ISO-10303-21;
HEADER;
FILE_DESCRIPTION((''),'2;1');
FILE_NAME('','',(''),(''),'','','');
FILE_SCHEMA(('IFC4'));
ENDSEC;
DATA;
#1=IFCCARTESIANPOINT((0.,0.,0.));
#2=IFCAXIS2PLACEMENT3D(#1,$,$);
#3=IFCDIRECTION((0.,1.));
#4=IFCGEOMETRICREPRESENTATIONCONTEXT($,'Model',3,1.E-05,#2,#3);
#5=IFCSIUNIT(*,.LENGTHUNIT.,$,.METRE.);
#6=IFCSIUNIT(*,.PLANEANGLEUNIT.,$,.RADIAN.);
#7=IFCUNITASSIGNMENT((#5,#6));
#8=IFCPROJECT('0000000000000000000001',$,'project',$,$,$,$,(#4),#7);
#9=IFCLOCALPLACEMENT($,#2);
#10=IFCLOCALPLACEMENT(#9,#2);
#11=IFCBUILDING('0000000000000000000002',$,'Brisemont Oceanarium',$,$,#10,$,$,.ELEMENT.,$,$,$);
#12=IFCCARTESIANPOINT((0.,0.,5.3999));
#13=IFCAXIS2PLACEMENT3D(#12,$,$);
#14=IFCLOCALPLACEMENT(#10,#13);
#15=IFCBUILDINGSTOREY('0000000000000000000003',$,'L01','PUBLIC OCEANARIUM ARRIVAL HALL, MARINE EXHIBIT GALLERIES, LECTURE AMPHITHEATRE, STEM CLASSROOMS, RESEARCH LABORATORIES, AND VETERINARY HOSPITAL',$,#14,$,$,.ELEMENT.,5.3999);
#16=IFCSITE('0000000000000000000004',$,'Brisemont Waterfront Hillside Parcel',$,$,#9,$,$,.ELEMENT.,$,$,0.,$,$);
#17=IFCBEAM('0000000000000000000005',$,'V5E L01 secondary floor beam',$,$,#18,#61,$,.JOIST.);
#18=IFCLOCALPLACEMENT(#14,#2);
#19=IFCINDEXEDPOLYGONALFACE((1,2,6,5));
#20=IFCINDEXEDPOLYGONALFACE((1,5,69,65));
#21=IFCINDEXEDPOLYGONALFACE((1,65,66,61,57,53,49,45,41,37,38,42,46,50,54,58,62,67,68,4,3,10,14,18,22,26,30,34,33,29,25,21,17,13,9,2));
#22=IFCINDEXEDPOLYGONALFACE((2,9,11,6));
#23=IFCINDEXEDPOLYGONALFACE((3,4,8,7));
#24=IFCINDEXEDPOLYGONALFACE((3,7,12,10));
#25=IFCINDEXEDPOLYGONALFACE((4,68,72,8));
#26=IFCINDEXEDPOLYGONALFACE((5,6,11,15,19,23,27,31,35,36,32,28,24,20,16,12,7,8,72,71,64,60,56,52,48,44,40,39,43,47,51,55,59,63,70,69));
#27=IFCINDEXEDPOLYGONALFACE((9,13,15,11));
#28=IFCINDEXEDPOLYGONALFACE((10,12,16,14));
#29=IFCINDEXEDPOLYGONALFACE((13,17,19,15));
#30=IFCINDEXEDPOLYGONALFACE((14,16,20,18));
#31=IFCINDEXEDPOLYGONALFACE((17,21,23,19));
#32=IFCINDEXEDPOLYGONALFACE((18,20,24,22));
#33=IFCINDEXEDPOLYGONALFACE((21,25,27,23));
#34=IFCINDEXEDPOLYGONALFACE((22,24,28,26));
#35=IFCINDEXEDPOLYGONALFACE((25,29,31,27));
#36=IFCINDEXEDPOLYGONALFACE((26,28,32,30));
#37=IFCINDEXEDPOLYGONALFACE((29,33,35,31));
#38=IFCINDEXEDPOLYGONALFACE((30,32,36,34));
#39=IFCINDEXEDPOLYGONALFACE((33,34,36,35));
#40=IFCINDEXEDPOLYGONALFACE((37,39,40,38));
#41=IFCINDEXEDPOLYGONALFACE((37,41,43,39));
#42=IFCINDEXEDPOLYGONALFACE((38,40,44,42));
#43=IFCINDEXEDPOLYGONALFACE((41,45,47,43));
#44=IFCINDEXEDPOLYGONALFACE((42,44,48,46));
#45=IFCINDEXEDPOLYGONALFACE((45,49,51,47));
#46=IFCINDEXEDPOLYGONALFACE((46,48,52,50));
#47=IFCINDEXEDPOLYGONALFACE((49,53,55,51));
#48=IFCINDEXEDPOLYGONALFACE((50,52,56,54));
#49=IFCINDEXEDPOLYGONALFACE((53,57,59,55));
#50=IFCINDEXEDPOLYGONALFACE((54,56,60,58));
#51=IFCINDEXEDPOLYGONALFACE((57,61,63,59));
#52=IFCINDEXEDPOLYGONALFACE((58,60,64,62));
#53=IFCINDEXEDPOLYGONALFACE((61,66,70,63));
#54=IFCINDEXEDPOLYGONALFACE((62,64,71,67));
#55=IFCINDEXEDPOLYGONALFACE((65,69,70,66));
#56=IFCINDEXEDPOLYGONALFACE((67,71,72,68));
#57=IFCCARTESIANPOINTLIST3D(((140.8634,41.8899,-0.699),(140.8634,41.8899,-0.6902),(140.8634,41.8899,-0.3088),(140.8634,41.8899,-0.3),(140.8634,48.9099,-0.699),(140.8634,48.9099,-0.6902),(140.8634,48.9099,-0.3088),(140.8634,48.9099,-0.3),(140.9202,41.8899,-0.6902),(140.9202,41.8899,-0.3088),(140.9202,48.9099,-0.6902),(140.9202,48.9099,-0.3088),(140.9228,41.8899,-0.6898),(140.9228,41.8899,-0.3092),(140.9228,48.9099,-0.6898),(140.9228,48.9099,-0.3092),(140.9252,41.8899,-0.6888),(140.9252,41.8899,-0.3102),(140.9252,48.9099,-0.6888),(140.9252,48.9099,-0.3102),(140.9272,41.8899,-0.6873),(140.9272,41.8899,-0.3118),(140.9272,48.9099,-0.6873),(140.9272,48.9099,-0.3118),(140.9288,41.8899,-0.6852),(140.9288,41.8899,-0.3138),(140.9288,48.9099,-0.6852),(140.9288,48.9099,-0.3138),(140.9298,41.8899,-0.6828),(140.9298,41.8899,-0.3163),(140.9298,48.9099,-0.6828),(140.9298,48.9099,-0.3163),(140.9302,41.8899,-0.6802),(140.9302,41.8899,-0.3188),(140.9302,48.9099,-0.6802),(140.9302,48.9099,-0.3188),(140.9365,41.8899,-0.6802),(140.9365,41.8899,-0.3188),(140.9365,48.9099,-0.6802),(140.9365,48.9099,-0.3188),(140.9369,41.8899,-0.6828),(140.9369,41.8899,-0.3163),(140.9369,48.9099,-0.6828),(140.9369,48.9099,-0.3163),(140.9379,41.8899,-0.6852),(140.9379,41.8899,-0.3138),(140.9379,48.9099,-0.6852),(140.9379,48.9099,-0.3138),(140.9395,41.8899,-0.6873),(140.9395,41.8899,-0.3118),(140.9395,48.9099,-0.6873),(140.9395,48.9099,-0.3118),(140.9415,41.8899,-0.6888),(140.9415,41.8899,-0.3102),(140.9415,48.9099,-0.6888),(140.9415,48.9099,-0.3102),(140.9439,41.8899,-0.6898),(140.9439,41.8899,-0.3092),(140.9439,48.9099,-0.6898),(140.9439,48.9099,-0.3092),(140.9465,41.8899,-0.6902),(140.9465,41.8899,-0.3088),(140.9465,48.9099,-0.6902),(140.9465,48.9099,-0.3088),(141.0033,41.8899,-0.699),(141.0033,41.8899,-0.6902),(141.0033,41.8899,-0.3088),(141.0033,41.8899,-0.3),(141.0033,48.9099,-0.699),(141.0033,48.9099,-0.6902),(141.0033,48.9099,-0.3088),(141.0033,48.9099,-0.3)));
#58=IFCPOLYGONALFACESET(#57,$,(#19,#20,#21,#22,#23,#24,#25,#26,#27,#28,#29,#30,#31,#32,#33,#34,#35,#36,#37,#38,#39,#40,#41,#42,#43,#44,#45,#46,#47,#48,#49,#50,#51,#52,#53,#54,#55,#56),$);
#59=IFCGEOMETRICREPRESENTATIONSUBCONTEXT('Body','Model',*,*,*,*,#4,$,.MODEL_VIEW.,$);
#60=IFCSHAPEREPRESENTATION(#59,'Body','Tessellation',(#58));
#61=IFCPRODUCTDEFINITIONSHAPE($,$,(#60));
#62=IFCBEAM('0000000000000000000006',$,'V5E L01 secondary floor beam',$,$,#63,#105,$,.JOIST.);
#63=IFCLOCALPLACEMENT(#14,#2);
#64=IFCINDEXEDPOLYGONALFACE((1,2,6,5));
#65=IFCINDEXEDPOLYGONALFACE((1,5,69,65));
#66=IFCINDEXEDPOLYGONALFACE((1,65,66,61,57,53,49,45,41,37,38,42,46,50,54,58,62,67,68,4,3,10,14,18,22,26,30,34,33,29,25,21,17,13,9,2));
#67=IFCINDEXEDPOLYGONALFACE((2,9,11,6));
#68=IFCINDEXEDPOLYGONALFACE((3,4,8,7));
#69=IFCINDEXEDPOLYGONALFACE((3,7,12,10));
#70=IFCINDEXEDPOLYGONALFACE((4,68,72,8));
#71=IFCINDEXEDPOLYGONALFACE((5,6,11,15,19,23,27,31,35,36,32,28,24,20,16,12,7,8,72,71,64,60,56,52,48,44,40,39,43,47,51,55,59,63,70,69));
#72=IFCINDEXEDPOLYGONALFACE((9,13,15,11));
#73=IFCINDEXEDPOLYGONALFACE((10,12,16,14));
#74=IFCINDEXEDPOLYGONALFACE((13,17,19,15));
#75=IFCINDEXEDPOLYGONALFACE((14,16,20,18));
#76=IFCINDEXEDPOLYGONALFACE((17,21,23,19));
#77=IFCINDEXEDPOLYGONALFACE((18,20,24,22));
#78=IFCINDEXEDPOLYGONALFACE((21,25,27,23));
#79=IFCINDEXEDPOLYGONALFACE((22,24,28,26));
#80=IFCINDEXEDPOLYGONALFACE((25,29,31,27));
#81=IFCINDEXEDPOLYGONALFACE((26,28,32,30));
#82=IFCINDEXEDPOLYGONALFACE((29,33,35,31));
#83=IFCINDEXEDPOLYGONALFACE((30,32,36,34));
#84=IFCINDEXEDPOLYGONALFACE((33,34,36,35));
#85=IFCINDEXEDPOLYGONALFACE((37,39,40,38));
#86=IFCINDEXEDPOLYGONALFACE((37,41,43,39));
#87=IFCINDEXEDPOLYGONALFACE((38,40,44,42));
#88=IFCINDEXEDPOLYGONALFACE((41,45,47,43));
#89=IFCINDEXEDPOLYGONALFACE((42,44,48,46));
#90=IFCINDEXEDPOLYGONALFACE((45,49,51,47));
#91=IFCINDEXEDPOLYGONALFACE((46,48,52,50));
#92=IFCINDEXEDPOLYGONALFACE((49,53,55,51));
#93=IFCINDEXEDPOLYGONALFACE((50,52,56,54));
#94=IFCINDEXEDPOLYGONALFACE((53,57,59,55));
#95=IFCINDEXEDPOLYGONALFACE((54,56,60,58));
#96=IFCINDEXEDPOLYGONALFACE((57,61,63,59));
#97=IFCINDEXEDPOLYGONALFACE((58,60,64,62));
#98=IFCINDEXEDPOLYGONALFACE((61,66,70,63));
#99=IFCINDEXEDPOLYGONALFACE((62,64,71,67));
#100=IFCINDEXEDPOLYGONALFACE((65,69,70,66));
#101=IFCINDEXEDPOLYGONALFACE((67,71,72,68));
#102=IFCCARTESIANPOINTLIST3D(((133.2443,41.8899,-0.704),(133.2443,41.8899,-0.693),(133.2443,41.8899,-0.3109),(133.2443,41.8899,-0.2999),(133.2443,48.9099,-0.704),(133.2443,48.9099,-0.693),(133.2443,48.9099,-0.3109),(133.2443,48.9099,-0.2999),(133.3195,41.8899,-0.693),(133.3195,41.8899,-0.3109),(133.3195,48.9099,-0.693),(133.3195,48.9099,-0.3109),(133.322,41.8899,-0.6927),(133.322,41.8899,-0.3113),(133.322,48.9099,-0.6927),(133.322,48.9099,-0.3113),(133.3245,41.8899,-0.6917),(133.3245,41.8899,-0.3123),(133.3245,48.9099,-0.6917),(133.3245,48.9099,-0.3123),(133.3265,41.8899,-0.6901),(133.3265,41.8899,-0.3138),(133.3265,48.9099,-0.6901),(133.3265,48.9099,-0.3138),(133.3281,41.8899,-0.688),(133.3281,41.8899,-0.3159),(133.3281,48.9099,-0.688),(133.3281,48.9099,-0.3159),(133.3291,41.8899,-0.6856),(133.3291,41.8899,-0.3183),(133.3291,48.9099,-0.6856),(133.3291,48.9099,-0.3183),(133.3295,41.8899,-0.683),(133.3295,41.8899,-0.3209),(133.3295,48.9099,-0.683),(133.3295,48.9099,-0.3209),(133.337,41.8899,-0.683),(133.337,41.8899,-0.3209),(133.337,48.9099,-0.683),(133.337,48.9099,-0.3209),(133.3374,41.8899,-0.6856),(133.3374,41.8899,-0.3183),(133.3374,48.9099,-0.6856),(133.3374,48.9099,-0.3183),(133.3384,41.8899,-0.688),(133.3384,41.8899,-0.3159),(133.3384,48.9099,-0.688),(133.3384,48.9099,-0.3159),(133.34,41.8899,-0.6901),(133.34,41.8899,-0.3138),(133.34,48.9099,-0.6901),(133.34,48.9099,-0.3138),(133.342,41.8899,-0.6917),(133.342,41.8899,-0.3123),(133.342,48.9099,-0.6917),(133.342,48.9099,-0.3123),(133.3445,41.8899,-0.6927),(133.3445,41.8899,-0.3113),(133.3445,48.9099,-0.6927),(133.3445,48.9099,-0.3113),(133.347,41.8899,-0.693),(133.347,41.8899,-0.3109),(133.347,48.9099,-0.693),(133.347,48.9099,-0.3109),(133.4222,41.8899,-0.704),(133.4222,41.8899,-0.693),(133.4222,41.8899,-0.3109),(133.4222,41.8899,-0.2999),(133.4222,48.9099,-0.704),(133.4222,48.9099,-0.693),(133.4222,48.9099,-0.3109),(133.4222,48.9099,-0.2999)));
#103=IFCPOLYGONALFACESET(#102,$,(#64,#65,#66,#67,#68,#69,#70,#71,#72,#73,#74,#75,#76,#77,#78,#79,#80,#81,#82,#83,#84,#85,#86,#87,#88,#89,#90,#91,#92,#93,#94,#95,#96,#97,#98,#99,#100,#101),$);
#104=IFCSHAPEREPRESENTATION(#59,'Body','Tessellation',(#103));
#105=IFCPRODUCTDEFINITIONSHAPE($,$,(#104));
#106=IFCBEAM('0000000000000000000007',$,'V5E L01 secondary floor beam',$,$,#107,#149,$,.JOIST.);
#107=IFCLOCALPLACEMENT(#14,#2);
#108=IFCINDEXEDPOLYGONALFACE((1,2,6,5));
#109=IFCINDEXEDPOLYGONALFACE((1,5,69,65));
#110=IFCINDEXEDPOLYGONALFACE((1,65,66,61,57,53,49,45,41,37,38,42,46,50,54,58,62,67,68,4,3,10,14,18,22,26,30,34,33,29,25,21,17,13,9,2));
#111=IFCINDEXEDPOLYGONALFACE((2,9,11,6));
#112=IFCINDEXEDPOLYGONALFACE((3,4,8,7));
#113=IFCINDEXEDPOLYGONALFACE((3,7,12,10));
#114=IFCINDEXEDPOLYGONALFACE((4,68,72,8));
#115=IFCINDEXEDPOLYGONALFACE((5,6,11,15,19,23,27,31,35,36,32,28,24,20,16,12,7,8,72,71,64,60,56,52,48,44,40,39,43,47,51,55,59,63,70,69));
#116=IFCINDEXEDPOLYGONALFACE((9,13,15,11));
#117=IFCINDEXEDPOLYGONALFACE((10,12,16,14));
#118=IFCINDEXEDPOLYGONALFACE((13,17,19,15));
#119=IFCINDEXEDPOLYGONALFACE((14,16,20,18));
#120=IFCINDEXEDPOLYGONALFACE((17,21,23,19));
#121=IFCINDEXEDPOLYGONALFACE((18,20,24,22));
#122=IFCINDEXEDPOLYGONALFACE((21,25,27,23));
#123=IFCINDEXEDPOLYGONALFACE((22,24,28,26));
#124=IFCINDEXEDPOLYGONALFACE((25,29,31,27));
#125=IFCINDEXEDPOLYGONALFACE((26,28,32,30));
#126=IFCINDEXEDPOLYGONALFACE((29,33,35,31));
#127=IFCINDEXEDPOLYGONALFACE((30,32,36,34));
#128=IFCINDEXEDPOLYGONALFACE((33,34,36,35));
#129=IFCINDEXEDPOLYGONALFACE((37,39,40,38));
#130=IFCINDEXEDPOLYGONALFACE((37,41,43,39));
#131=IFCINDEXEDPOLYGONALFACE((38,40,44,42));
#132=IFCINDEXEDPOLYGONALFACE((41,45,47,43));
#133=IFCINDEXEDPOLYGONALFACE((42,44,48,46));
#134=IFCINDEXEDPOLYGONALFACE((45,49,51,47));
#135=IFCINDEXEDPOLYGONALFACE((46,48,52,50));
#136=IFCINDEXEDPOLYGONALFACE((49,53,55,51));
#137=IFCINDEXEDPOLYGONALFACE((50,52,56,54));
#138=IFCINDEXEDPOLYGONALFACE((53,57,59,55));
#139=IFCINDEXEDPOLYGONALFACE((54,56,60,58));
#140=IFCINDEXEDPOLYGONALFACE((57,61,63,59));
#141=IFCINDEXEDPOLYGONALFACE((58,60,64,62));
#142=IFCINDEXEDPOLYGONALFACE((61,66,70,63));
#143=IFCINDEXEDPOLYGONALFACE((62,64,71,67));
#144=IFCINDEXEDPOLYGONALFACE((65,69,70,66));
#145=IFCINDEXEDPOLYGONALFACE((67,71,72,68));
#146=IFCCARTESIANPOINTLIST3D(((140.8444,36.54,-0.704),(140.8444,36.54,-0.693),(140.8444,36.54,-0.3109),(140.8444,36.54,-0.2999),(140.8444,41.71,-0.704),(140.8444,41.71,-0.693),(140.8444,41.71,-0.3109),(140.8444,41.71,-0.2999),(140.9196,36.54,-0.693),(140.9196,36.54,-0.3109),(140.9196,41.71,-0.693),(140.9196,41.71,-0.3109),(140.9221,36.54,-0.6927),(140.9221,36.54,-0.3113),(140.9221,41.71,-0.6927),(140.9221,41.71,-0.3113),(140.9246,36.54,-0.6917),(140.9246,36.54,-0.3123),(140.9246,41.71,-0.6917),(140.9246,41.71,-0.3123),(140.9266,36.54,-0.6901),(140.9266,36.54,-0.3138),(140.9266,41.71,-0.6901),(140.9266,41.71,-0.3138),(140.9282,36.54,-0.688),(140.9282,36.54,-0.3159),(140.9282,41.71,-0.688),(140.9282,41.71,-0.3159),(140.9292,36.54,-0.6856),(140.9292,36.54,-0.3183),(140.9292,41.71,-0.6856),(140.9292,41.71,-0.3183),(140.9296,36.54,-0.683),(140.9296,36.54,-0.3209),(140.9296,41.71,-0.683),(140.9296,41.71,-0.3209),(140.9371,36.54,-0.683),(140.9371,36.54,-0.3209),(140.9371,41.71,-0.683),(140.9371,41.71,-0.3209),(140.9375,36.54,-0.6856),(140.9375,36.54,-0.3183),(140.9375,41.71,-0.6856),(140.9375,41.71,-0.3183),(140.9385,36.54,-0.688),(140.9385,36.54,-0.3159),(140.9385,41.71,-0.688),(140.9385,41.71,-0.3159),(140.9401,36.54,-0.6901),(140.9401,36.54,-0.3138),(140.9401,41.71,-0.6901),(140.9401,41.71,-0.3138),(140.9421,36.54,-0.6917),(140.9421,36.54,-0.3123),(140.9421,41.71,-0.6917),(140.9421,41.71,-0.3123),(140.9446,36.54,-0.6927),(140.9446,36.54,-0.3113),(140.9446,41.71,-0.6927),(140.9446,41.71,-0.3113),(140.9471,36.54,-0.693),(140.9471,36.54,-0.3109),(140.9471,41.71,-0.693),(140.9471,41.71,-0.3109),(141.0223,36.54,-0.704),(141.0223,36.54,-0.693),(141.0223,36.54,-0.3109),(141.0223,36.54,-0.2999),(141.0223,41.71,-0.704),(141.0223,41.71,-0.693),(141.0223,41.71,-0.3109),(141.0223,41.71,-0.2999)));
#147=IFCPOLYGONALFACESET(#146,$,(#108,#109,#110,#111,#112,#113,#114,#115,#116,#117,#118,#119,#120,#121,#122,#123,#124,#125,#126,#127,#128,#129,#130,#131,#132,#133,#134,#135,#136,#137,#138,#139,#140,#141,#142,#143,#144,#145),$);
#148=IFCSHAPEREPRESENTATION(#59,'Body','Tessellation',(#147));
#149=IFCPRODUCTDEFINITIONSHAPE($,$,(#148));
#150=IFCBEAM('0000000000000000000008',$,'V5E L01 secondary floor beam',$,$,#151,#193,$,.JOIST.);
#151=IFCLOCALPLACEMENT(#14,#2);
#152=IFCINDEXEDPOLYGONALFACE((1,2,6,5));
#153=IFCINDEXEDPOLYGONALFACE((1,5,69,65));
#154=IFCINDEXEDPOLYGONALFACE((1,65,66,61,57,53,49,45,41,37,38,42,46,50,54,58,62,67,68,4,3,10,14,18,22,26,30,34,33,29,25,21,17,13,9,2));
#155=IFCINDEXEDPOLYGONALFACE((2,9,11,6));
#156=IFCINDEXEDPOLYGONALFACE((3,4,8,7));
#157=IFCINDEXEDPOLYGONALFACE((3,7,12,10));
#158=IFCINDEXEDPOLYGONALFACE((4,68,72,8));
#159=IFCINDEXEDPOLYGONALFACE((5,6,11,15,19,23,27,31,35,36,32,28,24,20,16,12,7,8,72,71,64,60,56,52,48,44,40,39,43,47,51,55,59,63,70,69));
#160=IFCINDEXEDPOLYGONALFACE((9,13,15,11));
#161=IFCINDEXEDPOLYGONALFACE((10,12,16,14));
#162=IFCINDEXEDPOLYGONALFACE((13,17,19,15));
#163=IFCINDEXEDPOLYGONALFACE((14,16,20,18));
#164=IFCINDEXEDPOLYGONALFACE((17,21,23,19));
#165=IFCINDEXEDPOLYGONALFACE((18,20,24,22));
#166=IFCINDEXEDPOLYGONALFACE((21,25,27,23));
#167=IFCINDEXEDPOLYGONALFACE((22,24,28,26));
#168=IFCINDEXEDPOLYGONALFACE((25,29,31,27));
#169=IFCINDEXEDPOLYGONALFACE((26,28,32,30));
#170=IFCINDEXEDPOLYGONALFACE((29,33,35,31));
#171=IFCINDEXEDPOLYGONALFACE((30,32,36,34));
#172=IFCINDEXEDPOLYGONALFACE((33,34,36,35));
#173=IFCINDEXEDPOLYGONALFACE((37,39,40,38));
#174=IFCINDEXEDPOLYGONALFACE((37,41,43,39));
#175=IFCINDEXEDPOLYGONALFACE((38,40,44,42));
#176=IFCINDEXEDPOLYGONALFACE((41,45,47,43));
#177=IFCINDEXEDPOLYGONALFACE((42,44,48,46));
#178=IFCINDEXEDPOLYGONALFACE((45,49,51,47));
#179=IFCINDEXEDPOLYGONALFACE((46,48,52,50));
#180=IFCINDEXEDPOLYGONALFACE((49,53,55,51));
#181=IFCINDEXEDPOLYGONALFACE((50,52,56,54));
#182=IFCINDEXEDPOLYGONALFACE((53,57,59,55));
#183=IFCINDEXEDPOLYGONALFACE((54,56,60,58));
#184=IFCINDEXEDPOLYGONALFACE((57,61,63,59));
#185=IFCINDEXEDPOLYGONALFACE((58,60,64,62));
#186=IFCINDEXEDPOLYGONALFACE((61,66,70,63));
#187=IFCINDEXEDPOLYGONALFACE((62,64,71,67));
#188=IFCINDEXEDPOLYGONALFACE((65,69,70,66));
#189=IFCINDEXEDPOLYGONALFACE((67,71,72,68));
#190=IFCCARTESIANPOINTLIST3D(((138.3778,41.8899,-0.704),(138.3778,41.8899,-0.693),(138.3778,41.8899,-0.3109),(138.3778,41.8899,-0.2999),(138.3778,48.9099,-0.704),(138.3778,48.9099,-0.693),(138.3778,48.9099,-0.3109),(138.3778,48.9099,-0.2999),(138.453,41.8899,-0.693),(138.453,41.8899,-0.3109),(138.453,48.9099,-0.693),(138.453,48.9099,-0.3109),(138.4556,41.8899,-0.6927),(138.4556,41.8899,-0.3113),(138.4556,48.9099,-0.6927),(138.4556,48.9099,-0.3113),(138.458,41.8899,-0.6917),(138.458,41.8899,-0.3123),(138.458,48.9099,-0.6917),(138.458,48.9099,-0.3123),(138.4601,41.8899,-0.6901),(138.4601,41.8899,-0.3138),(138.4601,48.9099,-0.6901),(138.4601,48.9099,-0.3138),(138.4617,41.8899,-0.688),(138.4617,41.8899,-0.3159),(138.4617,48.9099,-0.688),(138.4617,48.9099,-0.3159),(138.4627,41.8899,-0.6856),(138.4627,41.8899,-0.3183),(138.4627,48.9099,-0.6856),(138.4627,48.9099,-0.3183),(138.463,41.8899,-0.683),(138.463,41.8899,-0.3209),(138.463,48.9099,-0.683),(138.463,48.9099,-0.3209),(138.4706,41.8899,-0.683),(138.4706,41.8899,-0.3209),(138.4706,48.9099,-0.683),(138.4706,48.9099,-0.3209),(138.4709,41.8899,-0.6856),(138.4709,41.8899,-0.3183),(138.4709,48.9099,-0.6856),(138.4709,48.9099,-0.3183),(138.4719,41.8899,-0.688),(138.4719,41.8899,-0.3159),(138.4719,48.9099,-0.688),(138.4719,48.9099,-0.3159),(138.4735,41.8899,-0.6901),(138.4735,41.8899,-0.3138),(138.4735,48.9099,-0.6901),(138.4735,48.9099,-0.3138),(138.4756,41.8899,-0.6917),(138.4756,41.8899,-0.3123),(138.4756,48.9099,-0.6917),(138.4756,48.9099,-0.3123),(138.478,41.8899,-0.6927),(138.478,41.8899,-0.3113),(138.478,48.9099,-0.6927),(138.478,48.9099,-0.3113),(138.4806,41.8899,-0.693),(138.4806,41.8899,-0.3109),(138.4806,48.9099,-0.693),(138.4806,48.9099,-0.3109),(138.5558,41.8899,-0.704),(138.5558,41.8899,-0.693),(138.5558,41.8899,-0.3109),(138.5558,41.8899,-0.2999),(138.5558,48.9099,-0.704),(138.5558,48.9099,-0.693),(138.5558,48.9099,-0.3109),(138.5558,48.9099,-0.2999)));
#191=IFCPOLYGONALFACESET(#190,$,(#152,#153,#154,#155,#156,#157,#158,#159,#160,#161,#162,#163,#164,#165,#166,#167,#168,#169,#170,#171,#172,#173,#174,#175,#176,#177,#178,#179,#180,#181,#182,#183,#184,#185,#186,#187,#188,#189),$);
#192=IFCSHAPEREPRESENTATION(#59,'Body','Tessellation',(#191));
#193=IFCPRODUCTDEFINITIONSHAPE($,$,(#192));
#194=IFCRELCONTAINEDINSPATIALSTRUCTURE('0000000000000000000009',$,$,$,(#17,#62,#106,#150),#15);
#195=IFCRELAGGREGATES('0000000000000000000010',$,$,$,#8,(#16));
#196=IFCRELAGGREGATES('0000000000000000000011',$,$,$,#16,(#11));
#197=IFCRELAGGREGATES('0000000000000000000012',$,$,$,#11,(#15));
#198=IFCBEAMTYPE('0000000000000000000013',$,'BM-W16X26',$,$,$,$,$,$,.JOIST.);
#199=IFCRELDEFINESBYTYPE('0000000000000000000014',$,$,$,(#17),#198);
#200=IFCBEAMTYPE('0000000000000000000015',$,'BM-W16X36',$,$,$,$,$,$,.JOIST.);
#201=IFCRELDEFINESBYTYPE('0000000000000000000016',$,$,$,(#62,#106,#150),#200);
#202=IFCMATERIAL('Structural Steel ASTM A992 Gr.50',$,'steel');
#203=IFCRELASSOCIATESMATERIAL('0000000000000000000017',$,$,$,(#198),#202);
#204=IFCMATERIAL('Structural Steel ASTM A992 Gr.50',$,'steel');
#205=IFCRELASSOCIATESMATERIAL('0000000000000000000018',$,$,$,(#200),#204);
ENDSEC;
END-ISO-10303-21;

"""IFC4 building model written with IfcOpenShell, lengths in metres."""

from ifc_helpers import new_model, si_unit, direction, frame, origin, origin_2d, place, context, subcontext, project, spatial, i_section, extrude, material, material_profile, profile_set, type_object, element, save


model = new_model("IFC4")

# Units and contexts
model_context = context("Model", 3, precision=1e-05, world=origin(), true_north=direction((0.0, 1.0)))
body_context = subcontext(model_context, "Body", "Model", "MODEL_VIEW")
ifc_project = project(units=[si_unit("LENGTHUNIT", "METRE"), si_unit("PLANEANGLEUNIT", "RADIAN")], contexts=[model_context])

# Site, building, storey
site_placement = place(None, origin())
site = spatial("IfcSite", under=ifc_project, at=site_placement, Name="Brisemont Waterfront Hillside Parcel", CompositionType="ELEMENT", RefElevation=0.0)
building_placement = place(site_placement, origin())
building = spatial("IfcBuilding", under=site, at=building_placement, Name="Brisemont Oceanarium", CompositionType="ELEMENT")
storey_placement = place(building_placement, frame((0.0, 0.0, 5.3999)))
storey = spatial("IfcBuildingStorey", under=building, at=storey_placement, Name="L01", Description="PUBLIC OCEANARIUM ARRIVAL HALL, MARINE EXHIBIT GALLERIES, LECTURE AMPHITHEATRE, STEM CLASSROOMS, RESEARCH LABORATORIES, AND VETERINARY HOSPITAL", CompositionType="ELEMENT", Elevation=5.3999)

# Beams
ifc_material_1 = material(Name="Structural Steel ASTM A992 Gr.50", Category="steel")
ifc_material_profile_1 = material_profile(ifc_material_1, i_section(OverallWidth=0.1399, OverallDepth=0.3989, WebThickness=0.0063, FlangeThickness=0.0088, FilletRadius=0.01, at=origin_2d()), Name="W16X26")
ifc_profile_set_1 = profile_set([ifc_material_profile_1], Name="Structural Steel ASTM A992 Gr.50")
beam_type_1 = type_object("IfcBeamType", Name="BM-W16X26", PredefinedType="JOIST", material=ifc_profile_set_1)
beam_1_placement = place(storey_placement, frame((140.9333, 41.8899, -0.4995), z_axis=(0.0, 1.0, 0.0), x_axis=(-1.0, 0.0, 0.0)))
element("IfcBeam", 1, at=beam_1_placement, inside=storey, type_object=beam_type_1, Name="V5E L01 secondary floor beam", PredefinedType="JOIST", context=body_context, shape_type="SweptSolid", body=[
    extrude(i_section(OverallWidth=0.1399, OverallDepth=0.3989, WebThickness=0.0063, FlangeThickness=0.0088, FilletRadius=0.01, at=origin_2d()), origin(), (0.0, 0.0, 1.0), 7.02),
])
ifc_material_2 = material(Name="Structural Steel ASTM A992 Gr.50", Category="steel")
ifc_material_profile_2 = material_profile(ifc_material_2, i_section(OverallWidth=0.178, OverallDepth=0.4041, WebThickness=0.0076, FlangeThickness=0.011, FilletRadius=0.01, at=origin_2d()), Name="W16X36")
ifc_profile_set_2 = profile_set([ifc_material_profile_2], Name="Structural Steel ASTM A992 Gr.50")
beam_type_2 = type_object("IfcBeamType", Name="BM-W16X36", PredefinedType="JOIST", material=ifc_profile_set_2)
beam_2_placement = place(storey_placement, frame((133.3333, 41.8899, -0.502), z_axis=(0.0, 1.0, 0.0), x_axis=(-1.0, 0.0, 0.0)))
element("IfcBeam", 2, at=beam_2_placement, inside=storey, type_object=beam_type_2, Name="V5E L01 secondary floor beam", PredefinedType="JOIST", context=body_context, shape_type="SweptSolid", body=[
    extrude(i_section(OverallWidth=0.178, OverallDepth=0.4041, WebThickness=0.0076, FlangeThickness=0.011, FilletRadius=0.01, at=origin_2d()), origin(), (0.0, 0.0, 1.0), 7.02),
])
beam_3_placement = place(storey_placement, frame((140.9333, 36.54, -0.502), z_axis=(0.0, 1.0, 0.0), x_axis=(-1.0, 0.0, 0.0)))
element("IfcBeam", 3, at=beam_3_placement, inside=storey, type_object=beam_type_2, Name="V5E L01 secondary floor beam", PredefinedType="JOIST", context=body_context, shape_type="SweptSolid", body=[
    extrude(i_section(OverallWidth=0.178, OverallDepth=0.4041, WebThickness=0.0076, FlangeThickness=0.011, FilletRadius=0.01, at=origin_2d()), origin(), (0.0, 0.0, 1.0), 5.1699),
])
beam_4_placement = place(storey_placement, frame((138.4668, 41.8899, -0.502), z_axis=(0.0, 1.0, 0.0), x_axis=(-1.0, 0.0, 0.0)))
element("IfcBeam", 4, at=beam_4_placement, inside=storey, type_object=beam_type_2, Name="V5E L01 secondary floor beam", PredefinedType="JOIST", context=body_context, shape_type="SweptSolid", body=[
    extrude(i_section(OverallWidth=0.178, OverallDepth=0.4041, WebThickness=0.0076, FlangeThickness=0.011, FilletRadius=0.01, at=origin_2d()), origin(), (0.0, 0.0, 1.0), 7.02),
])

save(model, "model.ifc")
